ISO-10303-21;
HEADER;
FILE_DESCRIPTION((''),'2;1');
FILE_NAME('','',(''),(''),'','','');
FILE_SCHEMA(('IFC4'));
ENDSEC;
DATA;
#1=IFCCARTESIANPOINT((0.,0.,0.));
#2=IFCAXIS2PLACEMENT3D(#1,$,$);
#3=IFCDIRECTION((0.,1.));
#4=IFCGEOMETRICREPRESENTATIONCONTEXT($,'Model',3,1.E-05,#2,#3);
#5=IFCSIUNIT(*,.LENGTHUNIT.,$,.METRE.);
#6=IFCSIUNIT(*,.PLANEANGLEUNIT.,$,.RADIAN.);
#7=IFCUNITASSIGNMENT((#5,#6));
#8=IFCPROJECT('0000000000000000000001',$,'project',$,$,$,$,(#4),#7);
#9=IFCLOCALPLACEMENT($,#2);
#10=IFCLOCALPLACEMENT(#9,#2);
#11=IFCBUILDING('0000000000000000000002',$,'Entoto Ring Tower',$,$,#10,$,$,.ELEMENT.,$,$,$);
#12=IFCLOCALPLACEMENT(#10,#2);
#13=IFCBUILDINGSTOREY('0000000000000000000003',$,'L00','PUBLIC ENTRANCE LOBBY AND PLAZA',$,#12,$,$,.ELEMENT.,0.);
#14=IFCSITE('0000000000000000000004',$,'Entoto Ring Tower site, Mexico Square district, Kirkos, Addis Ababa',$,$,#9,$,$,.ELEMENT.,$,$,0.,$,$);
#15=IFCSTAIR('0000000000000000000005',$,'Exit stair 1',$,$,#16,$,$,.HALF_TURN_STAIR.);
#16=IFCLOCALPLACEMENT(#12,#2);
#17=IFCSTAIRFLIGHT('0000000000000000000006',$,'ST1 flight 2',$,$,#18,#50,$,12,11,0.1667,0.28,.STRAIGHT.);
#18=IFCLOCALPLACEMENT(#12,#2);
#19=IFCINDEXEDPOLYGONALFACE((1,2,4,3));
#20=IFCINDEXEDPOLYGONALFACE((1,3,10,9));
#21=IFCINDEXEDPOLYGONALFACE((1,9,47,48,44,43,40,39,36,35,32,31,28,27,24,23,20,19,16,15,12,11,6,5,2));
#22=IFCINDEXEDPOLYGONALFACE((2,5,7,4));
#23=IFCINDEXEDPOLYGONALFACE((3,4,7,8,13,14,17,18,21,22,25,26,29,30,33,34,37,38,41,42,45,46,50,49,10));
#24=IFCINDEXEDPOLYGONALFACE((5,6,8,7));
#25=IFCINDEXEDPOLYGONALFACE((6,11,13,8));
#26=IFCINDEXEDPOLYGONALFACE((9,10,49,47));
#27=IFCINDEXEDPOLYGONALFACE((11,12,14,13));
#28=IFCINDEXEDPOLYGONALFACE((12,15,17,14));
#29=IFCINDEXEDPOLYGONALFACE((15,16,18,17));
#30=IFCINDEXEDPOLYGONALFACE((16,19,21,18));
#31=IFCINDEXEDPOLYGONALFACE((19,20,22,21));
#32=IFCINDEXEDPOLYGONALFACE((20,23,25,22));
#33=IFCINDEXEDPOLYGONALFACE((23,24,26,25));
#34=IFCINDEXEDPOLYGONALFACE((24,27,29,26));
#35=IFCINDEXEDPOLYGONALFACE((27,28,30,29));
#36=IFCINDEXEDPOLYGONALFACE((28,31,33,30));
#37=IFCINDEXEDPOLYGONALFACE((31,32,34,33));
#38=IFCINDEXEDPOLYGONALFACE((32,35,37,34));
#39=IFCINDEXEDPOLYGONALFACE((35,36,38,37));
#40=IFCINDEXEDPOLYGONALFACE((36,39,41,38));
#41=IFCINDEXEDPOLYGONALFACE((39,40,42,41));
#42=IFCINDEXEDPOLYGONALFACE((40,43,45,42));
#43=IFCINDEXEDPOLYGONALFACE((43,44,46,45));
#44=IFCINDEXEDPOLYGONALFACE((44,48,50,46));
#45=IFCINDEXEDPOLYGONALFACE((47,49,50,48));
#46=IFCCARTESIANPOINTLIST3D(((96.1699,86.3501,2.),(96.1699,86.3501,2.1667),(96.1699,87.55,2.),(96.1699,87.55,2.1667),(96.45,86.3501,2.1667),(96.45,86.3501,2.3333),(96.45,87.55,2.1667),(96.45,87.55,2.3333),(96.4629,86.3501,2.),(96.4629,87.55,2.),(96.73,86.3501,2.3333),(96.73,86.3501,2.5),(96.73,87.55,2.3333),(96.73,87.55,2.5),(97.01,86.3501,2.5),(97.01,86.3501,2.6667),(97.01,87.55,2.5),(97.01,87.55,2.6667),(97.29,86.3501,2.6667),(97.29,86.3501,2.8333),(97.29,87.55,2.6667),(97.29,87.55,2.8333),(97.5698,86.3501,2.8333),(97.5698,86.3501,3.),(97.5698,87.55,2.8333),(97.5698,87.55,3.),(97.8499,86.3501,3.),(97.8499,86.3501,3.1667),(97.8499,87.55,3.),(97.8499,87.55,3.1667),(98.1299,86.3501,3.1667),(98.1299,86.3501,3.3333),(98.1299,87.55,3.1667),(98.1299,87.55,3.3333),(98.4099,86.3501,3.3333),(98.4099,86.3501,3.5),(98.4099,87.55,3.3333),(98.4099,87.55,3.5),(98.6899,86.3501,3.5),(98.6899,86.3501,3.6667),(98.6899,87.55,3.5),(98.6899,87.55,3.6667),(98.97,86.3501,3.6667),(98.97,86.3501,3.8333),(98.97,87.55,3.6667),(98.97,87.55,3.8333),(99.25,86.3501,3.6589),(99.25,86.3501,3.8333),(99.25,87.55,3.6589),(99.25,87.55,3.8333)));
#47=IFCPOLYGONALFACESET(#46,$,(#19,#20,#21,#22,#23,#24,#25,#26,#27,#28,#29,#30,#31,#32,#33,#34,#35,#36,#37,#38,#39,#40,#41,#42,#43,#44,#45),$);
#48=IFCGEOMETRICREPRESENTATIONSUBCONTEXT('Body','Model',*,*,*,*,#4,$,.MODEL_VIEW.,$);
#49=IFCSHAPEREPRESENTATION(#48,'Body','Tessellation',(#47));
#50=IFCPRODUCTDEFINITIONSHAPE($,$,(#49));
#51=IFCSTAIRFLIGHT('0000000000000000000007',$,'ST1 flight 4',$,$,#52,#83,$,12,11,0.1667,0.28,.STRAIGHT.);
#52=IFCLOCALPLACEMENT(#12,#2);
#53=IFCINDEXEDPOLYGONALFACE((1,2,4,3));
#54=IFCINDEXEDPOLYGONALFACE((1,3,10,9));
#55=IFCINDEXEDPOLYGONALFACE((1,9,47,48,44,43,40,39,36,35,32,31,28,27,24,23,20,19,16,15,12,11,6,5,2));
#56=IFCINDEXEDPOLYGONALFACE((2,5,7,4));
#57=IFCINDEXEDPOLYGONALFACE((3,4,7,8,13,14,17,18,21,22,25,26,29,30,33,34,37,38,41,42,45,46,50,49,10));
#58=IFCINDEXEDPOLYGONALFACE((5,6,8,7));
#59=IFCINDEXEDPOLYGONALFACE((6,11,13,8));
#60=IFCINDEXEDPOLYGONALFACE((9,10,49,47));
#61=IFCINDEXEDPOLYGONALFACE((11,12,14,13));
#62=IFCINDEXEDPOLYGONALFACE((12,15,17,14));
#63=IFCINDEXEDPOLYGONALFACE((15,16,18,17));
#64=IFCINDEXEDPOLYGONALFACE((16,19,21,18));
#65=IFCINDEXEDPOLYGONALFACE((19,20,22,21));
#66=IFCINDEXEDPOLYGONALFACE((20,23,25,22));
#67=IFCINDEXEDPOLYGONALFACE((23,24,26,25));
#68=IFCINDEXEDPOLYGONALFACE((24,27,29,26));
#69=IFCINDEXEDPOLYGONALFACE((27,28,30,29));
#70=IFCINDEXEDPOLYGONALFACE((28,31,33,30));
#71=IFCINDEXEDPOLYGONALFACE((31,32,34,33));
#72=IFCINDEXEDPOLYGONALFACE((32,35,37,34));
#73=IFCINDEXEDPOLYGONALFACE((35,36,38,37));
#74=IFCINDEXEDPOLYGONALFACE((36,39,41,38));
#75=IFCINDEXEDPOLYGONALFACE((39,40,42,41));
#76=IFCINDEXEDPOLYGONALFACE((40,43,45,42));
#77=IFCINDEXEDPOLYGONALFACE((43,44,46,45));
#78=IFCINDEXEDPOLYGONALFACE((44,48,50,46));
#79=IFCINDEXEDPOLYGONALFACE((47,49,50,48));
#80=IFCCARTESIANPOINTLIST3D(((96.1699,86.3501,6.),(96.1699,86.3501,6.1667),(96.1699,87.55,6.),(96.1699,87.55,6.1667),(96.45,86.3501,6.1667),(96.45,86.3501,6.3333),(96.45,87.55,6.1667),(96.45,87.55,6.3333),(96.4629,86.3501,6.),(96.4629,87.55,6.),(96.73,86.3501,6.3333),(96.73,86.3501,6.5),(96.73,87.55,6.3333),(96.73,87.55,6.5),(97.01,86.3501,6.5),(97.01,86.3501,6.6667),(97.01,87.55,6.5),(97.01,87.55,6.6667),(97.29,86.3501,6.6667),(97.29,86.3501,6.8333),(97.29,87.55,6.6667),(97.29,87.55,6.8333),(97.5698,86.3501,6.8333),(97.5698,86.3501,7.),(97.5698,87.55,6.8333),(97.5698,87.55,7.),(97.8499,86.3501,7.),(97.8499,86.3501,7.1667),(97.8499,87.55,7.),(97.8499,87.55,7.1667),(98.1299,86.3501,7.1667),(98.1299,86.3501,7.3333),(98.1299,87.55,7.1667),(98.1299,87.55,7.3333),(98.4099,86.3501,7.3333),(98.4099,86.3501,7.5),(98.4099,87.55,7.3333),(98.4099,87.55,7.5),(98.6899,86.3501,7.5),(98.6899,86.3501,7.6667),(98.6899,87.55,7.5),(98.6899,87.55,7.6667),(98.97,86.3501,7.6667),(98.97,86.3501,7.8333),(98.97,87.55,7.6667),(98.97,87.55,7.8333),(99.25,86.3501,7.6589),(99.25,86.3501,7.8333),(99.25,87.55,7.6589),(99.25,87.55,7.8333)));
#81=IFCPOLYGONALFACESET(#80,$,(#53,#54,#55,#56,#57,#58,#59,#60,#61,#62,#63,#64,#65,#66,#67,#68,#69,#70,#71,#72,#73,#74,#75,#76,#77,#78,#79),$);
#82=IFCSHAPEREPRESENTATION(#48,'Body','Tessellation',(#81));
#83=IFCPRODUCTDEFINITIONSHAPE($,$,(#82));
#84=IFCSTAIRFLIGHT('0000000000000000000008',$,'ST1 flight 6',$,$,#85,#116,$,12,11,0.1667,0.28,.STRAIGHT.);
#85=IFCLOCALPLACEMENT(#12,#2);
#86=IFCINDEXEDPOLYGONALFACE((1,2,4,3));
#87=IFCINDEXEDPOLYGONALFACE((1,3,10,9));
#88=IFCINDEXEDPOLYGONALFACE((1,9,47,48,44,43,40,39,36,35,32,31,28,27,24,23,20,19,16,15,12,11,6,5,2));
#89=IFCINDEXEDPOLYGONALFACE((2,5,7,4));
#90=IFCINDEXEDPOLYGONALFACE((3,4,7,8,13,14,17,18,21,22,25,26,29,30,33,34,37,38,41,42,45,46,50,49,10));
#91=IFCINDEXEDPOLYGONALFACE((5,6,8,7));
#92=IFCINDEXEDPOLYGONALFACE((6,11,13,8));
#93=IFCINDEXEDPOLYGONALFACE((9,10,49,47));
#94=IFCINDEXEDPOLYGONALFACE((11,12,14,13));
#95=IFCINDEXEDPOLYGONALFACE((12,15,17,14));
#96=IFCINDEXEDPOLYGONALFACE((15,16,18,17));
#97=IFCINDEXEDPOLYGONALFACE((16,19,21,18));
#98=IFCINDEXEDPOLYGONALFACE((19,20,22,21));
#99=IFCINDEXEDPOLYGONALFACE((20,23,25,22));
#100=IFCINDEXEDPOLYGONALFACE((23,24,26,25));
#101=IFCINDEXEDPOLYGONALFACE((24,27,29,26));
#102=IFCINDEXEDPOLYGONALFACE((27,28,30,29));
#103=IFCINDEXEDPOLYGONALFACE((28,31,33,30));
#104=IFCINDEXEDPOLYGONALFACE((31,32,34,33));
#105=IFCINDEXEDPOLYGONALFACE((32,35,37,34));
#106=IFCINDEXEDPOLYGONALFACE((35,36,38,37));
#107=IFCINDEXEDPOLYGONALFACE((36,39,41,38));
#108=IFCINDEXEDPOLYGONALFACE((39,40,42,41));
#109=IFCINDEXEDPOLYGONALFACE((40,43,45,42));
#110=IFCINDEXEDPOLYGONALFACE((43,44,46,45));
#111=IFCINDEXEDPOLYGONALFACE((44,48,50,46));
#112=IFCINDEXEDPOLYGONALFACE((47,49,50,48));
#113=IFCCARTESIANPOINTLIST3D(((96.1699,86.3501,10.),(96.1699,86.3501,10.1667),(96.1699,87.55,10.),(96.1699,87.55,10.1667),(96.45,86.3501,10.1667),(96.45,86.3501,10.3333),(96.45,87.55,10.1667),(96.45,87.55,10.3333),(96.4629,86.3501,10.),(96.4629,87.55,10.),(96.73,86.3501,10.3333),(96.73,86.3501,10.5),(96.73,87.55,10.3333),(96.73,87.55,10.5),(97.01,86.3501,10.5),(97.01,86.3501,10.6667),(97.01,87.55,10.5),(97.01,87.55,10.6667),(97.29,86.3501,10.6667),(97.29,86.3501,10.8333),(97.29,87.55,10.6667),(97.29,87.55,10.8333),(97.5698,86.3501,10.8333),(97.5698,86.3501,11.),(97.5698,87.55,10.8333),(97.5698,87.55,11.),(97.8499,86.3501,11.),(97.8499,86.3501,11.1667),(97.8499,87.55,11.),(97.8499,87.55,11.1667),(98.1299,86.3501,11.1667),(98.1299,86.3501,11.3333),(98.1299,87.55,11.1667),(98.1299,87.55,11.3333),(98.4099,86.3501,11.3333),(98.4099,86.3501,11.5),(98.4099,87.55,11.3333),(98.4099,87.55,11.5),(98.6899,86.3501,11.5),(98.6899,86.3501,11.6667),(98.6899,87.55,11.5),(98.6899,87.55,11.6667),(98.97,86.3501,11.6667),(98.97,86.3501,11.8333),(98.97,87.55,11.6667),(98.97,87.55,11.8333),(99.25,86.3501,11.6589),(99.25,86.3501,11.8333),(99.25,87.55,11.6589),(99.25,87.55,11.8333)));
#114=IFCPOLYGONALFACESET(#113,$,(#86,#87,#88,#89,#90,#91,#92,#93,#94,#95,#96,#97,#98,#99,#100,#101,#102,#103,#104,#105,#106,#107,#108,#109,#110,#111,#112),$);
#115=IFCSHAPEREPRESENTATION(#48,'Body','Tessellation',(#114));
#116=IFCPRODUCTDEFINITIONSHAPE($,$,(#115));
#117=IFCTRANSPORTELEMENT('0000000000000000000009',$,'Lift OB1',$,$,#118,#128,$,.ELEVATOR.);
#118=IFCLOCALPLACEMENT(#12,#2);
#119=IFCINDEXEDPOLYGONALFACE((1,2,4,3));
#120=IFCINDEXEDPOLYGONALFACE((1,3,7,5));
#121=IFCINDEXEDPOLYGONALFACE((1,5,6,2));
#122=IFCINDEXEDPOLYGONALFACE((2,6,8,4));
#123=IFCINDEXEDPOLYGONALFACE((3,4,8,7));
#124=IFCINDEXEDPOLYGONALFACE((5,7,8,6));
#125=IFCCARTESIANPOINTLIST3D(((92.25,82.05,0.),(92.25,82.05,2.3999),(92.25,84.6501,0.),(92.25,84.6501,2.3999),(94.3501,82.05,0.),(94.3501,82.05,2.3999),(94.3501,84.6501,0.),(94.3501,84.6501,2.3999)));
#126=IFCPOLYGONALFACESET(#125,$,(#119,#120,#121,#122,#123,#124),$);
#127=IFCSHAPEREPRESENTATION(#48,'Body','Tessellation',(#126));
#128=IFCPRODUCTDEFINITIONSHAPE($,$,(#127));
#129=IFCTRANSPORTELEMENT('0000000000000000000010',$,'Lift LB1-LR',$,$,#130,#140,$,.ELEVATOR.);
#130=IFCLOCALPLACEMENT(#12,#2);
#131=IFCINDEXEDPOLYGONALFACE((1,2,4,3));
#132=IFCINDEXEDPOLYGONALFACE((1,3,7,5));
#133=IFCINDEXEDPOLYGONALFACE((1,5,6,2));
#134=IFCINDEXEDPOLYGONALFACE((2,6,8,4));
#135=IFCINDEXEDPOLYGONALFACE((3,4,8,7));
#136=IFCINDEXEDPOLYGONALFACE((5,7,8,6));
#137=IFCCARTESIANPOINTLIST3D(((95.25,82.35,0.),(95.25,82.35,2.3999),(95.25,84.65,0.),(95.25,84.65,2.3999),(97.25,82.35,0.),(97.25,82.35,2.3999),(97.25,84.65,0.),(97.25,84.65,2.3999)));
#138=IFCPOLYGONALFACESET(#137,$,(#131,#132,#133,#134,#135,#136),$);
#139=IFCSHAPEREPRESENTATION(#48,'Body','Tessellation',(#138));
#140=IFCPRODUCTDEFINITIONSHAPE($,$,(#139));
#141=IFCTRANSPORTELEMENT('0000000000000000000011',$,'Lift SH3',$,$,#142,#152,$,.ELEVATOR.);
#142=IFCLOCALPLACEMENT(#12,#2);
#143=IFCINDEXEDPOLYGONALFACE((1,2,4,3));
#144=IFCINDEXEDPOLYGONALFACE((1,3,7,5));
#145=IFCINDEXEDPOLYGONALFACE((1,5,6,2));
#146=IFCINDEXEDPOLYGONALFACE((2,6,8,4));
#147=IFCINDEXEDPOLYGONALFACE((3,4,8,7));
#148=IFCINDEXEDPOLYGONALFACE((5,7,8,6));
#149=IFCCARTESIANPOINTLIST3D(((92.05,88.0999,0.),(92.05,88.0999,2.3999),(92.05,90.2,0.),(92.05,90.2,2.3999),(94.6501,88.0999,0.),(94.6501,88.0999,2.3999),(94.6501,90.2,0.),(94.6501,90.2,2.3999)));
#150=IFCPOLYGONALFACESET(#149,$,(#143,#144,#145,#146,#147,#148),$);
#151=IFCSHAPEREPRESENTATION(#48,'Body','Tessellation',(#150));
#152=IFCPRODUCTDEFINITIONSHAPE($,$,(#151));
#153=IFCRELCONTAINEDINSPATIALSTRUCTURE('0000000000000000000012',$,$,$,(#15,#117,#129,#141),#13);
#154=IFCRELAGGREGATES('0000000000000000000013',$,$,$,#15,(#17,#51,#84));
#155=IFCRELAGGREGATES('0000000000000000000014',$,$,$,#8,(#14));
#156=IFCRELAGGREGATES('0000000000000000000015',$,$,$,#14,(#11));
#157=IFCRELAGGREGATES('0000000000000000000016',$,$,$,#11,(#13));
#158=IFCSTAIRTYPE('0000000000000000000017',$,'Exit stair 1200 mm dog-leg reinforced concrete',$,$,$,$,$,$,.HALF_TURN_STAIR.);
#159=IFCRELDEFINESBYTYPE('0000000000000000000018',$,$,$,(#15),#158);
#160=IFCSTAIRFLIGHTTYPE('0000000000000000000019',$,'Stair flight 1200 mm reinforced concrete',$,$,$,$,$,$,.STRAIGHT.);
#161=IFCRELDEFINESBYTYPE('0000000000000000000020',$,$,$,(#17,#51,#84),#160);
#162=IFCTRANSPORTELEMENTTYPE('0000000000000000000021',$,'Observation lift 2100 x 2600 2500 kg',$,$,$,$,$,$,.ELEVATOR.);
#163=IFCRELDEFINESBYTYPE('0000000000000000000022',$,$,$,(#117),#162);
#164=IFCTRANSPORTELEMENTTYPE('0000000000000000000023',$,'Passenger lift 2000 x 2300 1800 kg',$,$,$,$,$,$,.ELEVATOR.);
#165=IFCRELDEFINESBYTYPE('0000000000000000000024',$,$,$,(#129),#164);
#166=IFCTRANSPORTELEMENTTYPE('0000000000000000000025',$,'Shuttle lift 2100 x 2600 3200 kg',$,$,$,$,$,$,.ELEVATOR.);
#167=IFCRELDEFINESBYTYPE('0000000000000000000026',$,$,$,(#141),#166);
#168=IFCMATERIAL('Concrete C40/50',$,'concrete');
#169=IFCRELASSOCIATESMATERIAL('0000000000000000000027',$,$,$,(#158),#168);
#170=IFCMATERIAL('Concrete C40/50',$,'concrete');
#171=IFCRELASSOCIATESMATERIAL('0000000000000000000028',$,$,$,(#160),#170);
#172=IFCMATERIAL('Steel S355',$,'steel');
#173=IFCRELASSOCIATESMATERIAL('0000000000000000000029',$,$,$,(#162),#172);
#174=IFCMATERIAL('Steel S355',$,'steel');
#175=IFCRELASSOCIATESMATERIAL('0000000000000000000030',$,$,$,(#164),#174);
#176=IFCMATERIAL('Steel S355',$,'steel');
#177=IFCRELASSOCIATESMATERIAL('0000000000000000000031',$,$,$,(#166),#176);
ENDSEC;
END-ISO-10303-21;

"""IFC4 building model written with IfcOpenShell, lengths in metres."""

from ifc_helpers import new_model, si_unit, direction, frame, origin, origin_2d, place, context, subcontext, project, spatial, polyline, rectangle, outline, extrude, material, type_object, element, aggregate, save


model = new_model("IFC4")

# Units and contexts
model_context = context("Model", 3, precision=1e-05, world=origin(), true_north=direction((0.0, 1.0)))
body_context = subcontext(model_context, "Body", "Model", "MODEL_VIEW")
ifc_project = project(units=[si_unit("LENGTHUNIT", "METRE"), si_unit("PLANEANGLEUNIT", "RADIAN")], contexts=[model_context])

# Site, building, storey
site_placement = place(None, origin())
site = spatial("IfcSite", under=ifc_project, at=site_placement, Name="Entoto Ring Tower site, Mexico Square district, Kirkos, Addis Ababa", CompositionType="ELEMENT", RefElevation=0.0)
building_placement = place(site_placement, origin())
building = spatial("IfcBuilding", under=site, at=building_placement, Name="Entoto Ring Tower", CompositionType="ELEMENT")
storey_placement = place(building_placement, origin())
storey = spatial("IfcBuildingStorey", under=building, at=storey_placement, Name="L00", Description="PUBLIC ENTRANCE LOBBY AND PLAZA", CompositionType="ELEMENT", Elevation=0.0)

# Stair, stair flights
ifc_material_1 = material(Name="Concrete C40/50", Category="concrete")
stair_type = type_object("IfcStairType", Name="Exit stair 1200 mm dog-leg reinforced concrete", PredefinedType="HALF_TURN_STAIR", material=ifc_material_1)
stair_placement = place(storey_placement, origin())
stair = element("IfcStair", 1, at=stair_placement, inside=storey, type_object=stair_type, Name="Exit stair 1", PredefinedType="HALF_TURN_STAIR")
ifc_material_2 = material(Name="Concrete C40/50", Category="concrete")
stair_flight_type = type_object("IfcStairFlightType", Name="Stair flight 1200 mm reinforced concrete", PredefinedType="STRAIGHT", material=ifc_material_2)
stair_flight_1_placement = place(storey_placement, frame((96.1699, 86.95, 2.0), z_axis=(0.0, 0.0, 1.0), x_axis=(1.0, 0.0, 0.0)))
stair_flight_1 = element("IfcStairFlight", 2, at=stair_flight_1_placement, type_object=stair_flight_type, Name="ST1 flight 2", NumberOfRisers=12, NumberOfTreads=11, PredefinedType="STRAIGHT", RiserHeight=0.1667, TreadLength=0.28, context=body_context, shape_type="SweptSolid", body=[
    extrude(outline(polyline([(0.0, 0.0), (0.0, 0.1667), (0.28, 0.1667), (0.28, 0.3333), (0.5601, 0.3333), (0.5601, 0.5), (0.8401, 0.5), (0.8401, 0.6667), (1.1201, 0.6667), (1.1201, 0.8333), (1.3999, 0.8333), (1.3999, 1.0), (1.6799, 1.0), (1.6799, 1.1667), (1.96, 1.1667), (1.96, 1.3333), (2.24, 1.3333), (2.24, 1.5), (2.52, 1.5), (2.52, 1.6667), (2.8, 1.6667), (2.8, 1.8333), (3.0801, 1.8333), (3.0801, 2.0), (3.0801, 1.6589), (0.293, 0.0), (0.0, 0.0)])), frame((0.0, 0.6001, 0.0), z_axis=(0.0, -1.0, 0.0), x_axis=(1.0, 0.0, 0.0)), (0.0, 0.0, 1.0), 1.2),
])
stair_flight_2_placement = place(storey_placement, frame((96.1699, 86.95, 6.0), z_axis=(0.0, 0.0, 1.0), x_axis=(1.0, 0.0, 0.0)))
stair_flight_2 = element("IfcStairFlight", 3, at=stair_flight_2_placement, type_object=stair_flight_type, Name="ST1 flight 4", NumberOfRisers=12, NumberOfTreads=11, PredefinedType="STRAIGHT", RiserHeight=0.1667, TreadLength=0.28, context=body_context, shape_type="SweptSolid", body=[
    extrude(outline(polyline([(0.0, 0.0), (0.0, 0.1667), (0.28, 0.1667), (0.28, 0.3333), (0.5601, 0.3333), (0.5601, 0.5), (0.8401, 0.5), (0.8401, 0.6667), (1.1201, 0.6667), (1.1201, 0.8333), (1.3999, 0.8333), (1.3999, 1.0), (1.6799, 1.0), (1.6799, 1.1667), (1.96, 1.1667), (1.96, 1.3333), (2.24, 1.3333), (2.24, 1.5), (2.52, 1.5), (2.52, 1.6667), (2.8, 1.6667), (2.8, 1.8333), (3.0801, 1.8333), (3.0801, 2.0), (3.0801, 1.6589), (0.293, 0.0), (0.0, 0.0)])), frame((0.0, 0.6001, 0.0), z_axis=(0.0, -1.0, 0.0), x_axis=(1.0, 0.0, 0.0)), (0.0, 0.0, 1.0), 1.2),
])
stair_flight_3_placement = place(storey_placement, frame((96.1699, 86.95, 10.0), z_axis=(0.0, 0.0, 1.0), x_axis=(1.0, 0.0, 0.0)))
stair_flight_3 = element("IfcStairFlight", 4, at=stair_flight_3_placement, type_object=stair_flight_type, Name="ST1 flight 6", NumberOfRisers=12, NumberOfTreads=11, PredefinedType="STRAIGHT", RiserHeight=0.1667, TreadLength=0.28, context=body_context, shape_type="SweptSolid", body=[
    extrude(outline(polyline([(0.0, 0.0), (0.0, 0.1667), (0.28, 0.1667), (0.28, 0.3333), (0.5601, 0.3333), (0.5601, 0.5), (0.8401, 0.5), (0.8401, 0.6667), (1.1201, 0.6667), (1.1201, 0.8333), (1.3999, 0.8333), (1.3999, 1.0), (1.6799, 1.0), (1.6799, 1.1667), (1.96, 1.1667), (1.96, 1.3333), (2.24, 1.3333), (2.24, 1.5), (2.52, 1.5), (2.52, 1.6667), (2.8, 1.6667), (2.8, 1.8333), (3.0801, 1.8333), (3.0801, 2.0), (3.0801, 1.6589), (0.293, 0.0), (0.0, 0.0)])), frame((0.0, 0.6001, 0.0), z_axis=(0.0, -1.0, 0.0), x_axis=(1.0, 0.0, 0.0)), (0.0, 0.0, 1.0), 1.2),
])
aggregate(stair, [stair_flight_1, stair_flight_2, stair_flight_3])

# Transport elements
ifc_material_3 = material(Name="Steel S355", Category="steel")
transport_element_type_1 = type_object("IfcTransportElementType", Name="Observation lift 2100 x 2600 2500 kg", PredefinedType="ELEVATOR", material=ifc_material_3)
transport_element_1_placement = place(storey_placement, frame((93.3, 83.3501, 0.0), z_axis=(0.0, 0.0, 1.0), x_axis=(1.0, 0.0, 0.0)))
element("IfcTransportElement", 5, at=transport_element_1_placement, inside=storey, type_object=transport_element_type_1, Name="Lift OB1", PredefinedType="ELEVATOR", context=body_context, shape_type="SweptSolid", body=[
    extrude(rectangle(XDim=2.1001, YDim=2.6001, at=origin_2d()), origin(), (0.0, 0.0, 1.0), 2.3999),
])
ifc_material_4 = material(Name="Steel S355", Category="steel")
transport_element_type_2 = type_object("IfcTransportElementType", Name="Passenger lift 2000 x 2300 1800 kg", PredefinedType="ELEVATOR", material=ifc_material_4)
transport_element_2_placement = place(storey_placement, frame((96.25, 83.5, 0.0), z_axis=(0.0, 0.0, 1.0), x_axis=(1.0, 0.0, 0.0)))
element("IfcTransportElement", 6, at=transport_element_2_placement, inside=storey, type_object=transport_element_type_2, Name="Lift LB1-LR", PredefinedType="ELEVATOR", context=body_context, shape_type="SweptSolid", body=[
    extrude(rectangle(XDim=2.0, YDim=2.3, at=origin_2d()), origin(), (0.0, 0.0, 1.0), 2.3999),
])
ifc_material_5 = material(Name="Steel S355", Category="steel")
transport_element_type_3 = type_object("IfcTransportElementType", Name="Shuttle lift 2100 x 2600 3200 kg", PredefinedType="ELEVATOR", material=ifc_material_5)
transport_element_3_placement = place(storey_placement, frame((93.3501, 89.1499, 0.0), z_axis=(0.0, 0.0, 1.0), x_axis=(1.0, 0.0, 0.0)))
element("IfcTransportElement", 7, at=transport_element_3_placement, inside=storey, type_object=transport_element_type_3, Name="Lift SH3", PredefinedType="ELEVATOR", context=body_context, shape_type="SweptSolid", body=[
    extrude(rectangle(XDim=2.6001, YDim=2.1001, at=origin_2d()), origin(), (0.0, 0.0, 1.0), 2.3999),
])

save(model, "model.ifc")
